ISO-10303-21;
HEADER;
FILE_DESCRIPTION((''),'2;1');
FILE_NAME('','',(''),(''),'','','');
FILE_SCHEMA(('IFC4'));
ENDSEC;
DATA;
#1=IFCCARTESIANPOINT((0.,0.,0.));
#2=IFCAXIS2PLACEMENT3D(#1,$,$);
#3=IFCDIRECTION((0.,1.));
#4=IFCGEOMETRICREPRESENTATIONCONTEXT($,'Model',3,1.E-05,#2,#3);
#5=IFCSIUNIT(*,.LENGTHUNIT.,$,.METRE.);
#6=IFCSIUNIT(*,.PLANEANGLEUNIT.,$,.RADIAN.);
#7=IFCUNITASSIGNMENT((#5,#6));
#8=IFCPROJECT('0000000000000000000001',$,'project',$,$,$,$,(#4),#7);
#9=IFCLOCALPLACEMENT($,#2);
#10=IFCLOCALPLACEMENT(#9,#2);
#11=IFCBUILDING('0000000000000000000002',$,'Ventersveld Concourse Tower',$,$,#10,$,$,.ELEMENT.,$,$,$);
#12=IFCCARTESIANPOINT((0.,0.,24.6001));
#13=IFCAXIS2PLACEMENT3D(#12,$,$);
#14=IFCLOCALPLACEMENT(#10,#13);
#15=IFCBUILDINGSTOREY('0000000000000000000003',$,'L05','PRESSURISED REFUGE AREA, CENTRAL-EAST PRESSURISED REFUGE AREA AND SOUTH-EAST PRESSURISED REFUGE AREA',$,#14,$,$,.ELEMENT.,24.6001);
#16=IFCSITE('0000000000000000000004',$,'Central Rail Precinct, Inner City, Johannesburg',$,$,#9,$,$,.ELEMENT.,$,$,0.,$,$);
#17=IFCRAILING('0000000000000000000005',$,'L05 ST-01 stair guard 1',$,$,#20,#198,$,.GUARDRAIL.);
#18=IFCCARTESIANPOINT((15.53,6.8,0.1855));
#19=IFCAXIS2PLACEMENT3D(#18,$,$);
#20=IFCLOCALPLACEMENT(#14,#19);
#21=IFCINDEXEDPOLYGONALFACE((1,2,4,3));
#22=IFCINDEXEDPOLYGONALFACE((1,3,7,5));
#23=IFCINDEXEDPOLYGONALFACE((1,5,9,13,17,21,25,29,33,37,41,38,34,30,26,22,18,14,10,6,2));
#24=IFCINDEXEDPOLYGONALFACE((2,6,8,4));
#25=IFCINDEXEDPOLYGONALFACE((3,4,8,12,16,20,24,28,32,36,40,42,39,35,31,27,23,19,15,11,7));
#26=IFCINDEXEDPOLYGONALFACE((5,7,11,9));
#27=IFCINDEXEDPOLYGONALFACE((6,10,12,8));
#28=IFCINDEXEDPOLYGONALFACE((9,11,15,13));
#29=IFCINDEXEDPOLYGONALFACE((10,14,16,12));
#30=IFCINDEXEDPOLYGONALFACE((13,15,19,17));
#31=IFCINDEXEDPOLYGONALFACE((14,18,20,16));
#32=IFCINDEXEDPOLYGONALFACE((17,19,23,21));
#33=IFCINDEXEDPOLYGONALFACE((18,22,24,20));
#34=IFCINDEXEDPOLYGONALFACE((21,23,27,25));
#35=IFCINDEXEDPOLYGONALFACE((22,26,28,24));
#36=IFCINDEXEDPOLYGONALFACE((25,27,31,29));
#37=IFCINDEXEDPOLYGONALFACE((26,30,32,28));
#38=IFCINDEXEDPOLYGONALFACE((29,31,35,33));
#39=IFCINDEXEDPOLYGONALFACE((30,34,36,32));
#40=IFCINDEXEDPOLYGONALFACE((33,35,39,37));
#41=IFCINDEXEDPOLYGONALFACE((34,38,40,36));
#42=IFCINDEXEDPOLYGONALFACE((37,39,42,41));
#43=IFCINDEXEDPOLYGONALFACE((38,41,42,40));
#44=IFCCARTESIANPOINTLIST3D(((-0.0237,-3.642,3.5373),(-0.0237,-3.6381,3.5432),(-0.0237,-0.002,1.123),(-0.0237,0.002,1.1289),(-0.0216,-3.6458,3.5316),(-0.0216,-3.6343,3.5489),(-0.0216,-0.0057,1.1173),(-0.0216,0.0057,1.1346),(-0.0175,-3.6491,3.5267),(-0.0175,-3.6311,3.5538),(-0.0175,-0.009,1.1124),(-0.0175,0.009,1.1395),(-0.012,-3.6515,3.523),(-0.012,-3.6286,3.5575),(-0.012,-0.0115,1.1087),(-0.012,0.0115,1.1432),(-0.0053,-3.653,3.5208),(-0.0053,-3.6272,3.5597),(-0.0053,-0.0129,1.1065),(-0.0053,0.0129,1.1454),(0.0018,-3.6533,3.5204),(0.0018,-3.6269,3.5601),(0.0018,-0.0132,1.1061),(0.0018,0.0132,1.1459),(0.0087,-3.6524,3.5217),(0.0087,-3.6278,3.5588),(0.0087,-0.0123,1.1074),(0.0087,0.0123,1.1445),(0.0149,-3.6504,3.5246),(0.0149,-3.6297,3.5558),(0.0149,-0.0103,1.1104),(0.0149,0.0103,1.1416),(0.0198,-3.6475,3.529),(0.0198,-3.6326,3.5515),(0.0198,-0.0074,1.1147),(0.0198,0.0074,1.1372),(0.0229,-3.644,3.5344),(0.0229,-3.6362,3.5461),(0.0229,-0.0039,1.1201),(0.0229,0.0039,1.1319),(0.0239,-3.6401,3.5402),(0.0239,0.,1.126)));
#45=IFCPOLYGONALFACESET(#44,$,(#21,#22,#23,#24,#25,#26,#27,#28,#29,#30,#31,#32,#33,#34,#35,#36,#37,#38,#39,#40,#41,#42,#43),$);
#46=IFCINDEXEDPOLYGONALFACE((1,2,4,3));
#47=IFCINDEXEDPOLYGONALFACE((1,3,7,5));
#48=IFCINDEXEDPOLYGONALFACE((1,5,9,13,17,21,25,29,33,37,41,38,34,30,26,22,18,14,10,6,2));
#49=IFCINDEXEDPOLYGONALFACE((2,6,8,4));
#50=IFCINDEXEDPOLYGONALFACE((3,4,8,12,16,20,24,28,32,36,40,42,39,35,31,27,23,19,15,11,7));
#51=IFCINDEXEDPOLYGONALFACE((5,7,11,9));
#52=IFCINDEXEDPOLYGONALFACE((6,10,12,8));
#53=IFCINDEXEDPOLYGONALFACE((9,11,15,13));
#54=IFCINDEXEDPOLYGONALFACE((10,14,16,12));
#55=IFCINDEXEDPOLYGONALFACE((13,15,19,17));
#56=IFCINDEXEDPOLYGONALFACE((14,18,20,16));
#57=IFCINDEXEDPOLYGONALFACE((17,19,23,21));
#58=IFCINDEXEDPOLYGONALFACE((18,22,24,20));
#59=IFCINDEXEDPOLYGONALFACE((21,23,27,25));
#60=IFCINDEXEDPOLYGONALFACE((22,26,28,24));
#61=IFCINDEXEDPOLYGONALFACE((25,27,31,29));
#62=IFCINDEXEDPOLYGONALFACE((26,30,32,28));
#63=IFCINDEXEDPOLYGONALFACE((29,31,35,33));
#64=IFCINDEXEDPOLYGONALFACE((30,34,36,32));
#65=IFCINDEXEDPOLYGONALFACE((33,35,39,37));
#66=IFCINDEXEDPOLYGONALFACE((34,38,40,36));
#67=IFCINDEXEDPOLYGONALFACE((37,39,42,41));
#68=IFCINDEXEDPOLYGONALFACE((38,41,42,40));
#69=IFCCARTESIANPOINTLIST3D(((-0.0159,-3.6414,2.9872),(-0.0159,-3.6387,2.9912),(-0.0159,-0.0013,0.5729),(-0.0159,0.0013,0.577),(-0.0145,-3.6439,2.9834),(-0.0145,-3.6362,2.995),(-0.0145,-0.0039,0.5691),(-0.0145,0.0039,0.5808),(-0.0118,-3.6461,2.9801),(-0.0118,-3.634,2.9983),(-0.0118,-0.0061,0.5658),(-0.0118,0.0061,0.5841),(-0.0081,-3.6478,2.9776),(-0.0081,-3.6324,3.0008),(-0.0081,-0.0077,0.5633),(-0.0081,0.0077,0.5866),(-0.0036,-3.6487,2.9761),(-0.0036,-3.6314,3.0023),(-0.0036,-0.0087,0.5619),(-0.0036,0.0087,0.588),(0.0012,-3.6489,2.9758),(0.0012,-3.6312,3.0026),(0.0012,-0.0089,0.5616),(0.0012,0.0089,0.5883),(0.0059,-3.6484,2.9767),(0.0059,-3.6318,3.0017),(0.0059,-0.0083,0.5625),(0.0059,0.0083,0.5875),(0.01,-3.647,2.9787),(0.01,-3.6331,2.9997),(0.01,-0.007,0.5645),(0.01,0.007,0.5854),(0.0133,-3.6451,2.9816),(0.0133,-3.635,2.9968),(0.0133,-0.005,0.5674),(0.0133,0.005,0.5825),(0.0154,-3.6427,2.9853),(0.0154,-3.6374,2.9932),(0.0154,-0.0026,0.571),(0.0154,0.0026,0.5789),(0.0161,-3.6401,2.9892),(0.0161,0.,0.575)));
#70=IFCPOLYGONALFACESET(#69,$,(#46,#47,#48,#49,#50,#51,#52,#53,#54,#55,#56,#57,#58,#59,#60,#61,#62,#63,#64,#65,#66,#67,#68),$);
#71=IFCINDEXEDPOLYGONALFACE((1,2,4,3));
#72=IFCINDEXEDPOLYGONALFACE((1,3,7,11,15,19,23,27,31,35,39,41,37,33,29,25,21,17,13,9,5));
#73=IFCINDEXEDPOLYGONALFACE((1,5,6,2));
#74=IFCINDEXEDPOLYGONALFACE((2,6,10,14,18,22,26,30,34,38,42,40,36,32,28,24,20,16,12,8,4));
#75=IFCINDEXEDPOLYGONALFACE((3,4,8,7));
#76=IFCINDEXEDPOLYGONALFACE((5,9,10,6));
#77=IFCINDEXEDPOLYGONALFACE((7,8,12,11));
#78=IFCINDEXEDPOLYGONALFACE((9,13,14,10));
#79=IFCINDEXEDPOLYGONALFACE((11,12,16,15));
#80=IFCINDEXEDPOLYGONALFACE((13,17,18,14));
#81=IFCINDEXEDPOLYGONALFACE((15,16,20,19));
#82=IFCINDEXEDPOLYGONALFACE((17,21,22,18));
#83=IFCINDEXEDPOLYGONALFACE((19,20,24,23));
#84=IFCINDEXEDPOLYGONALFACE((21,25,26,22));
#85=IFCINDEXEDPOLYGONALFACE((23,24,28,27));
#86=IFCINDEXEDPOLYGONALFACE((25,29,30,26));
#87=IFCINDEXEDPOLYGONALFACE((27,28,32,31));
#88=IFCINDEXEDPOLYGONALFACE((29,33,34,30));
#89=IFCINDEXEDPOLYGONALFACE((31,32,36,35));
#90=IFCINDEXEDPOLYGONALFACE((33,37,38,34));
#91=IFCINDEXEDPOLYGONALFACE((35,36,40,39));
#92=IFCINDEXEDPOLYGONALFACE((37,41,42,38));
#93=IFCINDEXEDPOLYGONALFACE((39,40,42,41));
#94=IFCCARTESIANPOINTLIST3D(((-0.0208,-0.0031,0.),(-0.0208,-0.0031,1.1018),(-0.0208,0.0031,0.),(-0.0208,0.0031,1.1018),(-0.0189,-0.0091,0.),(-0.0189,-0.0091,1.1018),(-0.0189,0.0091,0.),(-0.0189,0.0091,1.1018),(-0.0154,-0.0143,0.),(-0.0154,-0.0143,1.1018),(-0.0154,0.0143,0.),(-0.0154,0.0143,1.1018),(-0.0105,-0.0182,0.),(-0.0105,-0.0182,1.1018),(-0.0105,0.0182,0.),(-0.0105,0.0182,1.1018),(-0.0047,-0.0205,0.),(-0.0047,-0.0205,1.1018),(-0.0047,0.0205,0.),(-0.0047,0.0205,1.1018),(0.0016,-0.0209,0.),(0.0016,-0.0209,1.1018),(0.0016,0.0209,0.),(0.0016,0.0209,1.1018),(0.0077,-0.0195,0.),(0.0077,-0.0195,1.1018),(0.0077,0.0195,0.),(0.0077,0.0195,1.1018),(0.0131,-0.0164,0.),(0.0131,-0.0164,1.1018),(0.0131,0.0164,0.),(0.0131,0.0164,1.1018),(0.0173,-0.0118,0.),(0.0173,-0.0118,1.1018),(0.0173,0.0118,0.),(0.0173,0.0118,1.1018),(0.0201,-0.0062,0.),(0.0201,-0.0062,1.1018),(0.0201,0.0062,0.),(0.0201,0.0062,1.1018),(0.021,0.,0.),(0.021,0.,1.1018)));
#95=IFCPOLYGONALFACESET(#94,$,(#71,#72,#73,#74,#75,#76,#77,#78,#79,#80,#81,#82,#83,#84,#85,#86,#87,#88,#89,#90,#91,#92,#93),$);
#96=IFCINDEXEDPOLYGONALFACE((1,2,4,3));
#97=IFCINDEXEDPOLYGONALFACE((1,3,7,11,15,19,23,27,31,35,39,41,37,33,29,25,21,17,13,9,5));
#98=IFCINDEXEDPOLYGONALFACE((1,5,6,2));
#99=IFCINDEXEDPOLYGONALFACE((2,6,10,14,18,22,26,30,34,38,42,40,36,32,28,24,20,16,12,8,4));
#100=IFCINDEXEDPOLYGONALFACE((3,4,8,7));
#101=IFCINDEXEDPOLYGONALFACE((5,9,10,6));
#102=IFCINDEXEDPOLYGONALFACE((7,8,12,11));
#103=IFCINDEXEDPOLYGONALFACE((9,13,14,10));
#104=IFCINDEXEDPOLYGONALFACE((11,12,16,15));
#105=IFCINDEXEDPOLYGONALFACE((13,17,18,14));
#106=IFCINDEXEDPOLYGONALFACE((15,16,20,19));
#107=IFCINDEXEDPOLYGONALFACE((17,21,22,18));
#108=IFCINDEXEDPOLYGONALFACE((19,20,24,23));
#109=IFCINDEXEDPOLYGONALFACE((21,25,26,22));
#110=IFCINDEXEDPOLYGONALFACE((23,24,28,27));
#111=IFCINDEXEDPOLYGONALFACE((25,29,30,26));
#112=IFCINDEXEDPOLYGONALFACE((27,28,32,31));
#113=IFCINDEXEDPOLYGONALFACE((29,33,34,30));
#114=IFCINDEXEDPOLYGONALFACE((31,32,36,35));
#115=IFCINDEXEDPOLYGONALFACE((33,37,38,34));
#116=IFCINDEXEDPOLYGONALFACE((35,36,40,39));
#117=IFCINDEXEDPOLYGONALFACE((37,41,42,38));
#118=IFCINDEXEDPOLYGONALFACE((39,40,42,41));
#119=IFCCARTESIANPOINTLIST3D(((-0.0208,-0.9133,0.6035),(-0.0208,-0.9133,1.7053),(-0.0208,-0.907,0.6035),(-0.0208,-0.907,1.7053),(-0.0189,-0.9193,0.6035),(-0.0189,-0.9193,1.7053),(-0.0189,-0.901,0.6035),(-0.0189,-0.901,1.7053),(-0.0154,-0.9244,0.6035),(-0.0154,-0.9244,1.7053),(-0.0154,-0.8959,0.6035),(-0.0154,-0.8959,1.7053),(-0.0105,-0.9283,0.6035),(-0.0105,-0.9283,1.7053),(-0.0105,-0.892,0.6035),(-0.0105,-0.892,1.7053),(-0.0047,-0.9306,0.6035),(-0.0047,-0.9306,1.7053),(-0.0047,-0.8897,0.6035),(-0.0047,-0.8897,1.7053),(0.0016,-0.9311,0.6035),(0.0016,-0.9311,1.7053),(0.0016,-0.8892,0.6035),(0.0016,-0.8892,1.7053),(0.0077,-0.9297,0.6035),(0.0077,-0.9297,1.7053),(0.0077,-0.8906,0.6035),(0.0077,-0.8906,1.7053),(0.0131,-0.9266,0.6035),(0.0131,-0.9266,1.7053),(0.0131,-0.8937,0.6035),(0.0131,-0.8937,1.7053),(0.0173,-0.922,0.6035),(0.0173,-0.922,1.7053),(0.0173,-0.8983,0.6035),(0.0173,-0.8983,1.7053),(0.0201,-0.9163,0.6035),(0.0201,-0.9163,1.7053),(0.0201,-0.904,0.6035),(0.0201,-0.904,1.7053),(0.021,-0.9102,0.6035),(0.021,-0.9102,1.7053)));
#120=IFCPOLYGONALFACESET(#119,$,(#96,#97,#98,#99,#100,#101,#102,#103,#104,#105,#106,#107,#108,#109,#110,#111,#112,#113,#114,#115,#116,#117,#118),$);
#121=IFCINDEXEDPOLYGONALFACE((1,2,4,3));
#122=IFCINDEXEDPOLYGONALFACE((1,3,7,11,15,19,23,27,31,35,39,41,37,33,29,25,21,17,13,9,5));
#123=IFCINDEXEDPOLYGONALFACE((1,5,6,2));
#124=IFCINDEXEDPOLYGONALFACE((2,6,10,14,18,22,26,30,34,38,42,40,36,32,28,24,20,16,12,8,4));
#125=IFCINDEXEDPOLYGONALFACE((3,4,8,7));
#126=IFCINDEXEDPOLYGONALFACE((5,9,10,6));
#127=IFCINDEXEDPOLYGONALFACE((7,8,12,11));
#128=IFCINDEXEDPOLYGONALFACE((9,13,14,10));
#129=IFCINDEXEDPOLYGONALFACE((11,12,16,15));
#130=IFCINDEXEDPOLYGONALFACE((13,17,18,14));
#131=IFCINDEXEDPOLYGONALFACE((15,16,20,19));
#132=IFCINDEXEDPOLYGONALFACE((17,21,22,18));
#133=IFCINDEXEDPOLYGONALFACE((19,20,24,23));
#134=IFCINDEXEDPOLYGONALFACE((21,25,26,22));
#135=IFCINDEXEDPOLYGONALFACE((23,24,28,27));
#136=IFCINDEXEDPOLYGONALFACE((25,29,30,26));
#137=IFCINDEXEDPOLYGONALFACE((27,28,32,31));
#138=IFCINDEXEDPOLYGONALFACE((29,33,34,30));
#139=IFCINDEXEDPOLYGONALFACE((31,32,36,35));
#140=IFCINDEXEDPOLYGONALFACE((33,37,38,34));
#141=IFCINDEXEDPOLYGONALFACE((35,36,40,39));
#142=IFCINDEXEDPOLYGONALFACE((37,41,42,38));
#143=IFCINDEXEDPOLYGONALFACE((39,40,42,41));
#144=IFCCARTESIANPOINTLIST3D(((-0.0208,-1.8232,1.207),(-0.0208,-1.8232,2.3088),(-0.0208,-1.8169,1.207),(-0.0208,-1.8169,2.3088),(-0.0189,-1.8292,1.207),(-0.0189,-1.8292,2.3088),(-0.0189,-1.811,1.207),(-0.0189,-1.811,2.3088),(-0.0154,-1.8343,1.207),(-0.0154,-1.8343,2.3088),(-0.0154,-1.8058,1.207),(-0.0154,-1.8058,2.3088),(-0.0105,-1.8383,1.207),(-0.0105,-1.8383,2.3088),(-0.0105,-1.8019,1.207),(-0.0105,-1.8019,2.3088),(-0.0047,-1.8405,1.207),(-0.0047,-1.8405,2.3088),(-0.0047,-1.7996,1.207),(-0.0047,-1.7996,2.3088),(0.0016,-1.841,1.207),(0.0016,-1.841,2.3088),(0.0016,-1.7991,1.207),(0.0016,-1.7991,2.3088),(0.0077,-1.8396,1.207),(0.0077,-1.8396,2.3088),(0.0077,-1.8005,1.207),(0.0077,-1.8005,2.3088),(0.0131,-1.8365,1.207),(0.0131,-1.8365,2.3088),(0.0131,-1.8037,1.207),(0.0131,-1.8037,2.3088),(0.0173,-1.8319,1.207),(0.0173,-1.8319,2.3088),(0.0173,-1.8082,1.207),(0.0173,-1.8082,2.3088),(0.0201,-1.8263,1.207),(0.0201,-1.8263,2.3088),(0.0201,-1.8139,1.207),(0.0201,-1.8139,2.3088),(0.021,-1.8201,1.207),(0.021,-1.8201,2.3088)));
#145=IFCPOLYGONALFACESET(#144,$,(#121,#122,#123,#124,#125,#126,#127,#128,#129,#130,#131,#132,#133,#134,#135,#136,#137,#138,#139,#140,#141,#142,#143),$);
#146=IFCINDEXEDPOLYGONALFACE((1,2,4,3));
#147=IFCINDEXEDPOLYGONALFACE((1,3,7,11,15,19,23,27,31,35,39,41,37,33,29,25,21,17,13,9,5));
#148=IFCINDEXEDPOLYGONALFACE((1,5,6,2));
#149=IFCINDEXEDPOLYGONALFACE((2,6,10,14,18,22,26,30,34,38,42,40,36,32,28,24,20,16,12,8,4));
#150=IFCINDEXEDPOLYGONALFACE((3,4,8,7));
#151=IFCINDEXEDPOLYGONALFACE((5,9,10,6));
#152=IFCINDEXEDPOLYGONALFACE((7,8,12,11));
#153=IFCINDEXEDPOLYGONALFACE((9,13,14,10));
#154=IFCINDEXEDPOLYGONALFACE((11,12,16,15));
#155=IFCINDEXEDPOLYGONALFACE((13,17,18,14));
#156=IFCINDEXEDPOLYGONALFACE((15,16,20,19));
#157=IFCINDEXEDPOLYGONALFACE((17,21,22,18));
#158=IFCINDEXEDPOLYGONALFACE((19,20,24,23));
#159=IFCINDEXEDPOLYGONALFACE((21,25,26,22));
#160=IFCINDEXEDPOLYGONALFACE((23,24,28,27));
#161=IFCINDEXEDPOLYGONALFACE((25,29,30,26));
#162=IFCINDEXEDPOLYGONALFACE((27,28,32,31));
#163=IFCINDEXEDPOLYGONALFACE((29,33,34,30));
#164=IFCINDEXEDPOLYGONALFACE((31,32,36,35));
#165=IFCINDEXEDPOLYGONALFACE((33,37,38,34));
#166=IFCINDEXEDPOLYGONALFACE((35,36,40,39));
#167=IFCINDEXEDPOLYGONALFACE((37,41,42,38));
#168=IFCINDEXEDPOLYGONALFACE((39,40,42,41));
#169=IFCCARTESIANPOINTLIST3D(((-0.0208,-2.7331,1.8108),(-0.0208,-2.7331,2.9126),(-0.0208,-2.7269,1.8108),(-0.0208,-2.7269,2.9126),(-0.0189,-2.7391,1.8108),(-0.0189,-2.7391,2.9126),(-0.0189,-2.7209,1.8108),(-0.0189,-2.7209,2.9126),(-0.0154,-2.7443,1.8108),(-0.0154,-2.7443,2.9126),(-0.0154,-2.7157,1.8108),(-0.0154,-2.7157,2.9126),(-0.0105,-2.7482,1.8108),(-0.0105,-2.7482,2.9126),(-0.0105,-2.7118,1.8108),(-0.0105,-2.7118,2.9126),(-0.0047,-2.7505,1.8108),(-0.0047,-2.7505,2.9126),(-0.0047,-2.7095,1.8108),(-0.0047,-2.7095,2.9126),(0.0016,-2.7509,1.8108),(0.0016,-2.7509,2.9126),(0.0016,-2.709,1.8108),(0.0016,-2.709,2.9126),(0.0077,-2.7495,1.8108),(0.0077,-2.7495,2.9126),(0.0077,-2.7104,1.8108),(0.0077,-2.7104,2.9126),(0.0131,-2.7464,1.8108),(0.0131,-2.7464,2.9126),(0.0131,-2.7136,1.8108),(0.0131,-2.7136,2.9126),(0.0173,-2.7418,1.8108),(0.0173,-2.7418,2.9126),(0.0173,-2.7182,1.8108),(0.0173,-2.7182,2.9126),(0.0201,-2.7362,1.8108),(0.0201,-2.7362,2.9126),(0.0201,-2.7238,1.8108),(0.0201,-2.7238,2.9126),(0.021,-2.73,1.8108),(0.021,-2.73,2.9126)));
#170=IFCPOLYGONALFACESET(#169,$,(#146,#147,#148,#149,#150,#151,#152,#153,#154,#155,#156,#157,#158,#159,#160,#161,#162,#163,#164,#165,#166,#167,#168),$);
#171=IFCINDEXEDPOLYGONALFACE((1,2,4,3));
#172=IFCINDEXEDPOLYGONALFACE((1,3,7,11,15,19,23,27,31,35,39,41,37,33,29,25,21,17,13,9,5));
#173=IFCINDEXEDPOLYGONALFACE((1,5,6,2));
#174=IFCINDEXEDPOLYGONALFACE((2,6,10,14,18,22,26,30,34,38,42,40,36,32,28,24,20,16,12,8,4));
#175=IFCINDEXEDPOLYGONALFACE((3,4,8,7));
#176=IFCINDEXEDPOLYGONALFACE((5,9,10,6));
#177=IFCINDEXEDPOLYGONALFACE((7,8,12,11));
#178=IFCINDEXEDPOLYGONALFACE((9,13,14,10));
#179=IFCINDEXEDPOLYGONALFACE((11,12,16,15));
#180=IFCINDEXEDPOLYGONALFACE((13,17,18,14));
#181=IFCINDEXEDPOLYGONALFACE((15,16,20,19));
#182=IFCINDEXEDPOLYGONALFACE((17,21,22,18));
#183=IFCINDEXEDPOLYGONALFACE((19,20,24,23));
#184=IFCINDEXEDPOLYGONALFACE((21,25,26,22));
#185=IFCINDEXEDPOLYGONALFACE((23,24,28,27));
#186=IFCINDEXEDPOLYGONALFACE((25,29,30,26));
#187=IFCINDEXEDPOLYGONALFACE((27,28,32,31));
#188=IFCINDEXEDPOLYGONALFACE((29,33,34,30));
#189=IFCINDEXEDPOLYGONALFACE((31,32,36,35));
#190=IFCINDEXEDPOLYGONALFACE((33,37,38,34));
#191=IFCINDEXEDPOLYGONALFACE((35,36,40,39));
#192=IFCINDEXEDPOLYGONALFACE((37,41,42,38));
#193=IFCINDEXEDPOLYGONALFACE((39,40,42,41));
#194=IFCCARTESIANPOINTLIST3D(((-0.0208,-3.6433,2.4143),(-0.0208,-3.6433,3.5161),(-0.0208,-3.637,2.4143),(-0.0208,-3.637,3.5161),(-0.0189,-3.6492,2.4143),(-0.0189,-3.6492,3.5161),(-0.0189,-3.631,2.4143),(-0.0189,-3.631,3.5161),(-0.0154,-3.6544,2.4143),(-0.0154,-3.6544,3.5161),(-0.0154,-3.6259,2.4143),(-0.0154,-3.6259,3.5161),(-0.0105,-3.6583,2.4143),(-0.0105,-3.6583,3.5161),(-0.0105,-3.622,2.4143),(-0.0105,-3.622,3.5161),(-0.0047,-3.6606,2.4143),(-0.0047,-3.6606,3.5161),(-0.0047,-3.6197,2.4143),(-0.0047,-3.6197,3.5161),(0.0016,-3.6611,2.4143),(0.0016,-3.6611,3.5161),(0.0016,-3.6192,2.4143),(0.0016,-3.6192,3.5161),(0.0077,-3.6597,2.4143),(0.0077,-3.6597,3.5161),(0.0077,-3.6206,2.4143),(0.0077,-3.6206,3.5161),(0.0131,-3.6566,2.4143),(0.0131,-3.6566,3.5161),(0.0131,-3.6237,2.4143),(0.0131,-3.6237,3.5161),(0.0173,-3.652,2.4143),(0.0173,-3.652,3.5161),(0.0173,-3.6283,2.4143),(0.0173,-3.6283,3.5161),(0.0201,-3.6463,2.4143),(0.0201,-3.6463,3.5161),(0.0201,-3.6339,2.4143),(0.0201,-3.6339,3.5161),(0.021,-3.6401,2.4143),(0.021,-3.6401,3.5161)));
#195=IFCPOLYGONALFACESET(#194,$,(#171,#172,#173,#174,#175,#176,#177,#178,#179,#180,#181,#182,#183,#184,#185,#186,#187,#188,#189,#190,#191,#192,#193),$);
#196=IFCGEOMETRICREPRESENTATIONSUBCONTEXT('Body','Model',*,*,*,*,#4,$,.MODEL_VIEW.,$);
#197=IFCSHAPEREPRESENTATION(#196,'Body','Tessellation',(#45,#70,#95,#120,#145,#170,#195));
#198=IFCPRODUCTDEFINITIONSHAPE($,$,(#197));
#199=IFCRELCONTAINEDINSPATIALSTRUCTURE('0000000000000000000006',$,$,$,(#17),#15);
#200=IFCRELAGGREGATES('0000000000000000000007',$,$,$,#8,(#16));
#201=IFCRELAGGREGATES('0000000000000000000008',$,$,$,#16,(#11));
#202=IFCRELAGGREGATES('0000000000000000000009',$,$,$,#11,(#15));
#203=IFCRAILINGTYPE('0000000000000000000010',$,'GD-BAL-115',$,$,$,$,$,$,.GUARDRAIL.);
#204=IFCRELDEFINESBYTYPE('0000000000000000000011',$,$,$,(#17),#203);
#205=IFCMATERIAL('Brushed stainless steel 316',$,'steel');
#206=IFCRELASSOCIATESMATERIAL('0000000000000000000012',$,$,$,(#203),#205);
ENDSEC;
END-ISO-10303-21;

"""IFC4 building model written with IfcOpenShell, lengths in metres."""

from ifc_helpers import new_model, si_unit, direction, frame, origin, origin_2d, place, context, subcontext, project, spatial, circle, extrude, material, type_object, element, save


model = new_model("IFC4")

# Units and contexts
model_context = context("Model", 3, precision=1e-05, world=origin(), true_north=direction((0.0, 1.0)))
body_context = subcontext(model_context, "Body", "Model", "MODEL_VIEW")
ifc_project = project(units=[si_unit("LENGTHUNIT", "METRE"), si_unit("PLANEANGLEUNIT", "RADIAN")], contexts=[model_context])

# Site, building, storey
site_placement = place(None, origin())
site = spatial("IfcSite", under=ifc_project, at=site_placement, Name="Central Rail Precinct, Inner City, Johannesburg", CompositionType="ELEMENT", RefElevation=0.0)
building_placement = place(site_placement, origin())
building = spatial("IfcBuilding", under=site, at=building_placement, Name="Ventersveld Concourse Tower", CompositionType="ELEMENT")
storey_placement = place(building_placement, frame((0.0, 0.0, 24.6001)))
storey = spatial("IfcBuildingStorey", under=building, at=storey_placement, Name="L05", Description="PRESSURISED REFUGE AREA, CENTRAL-EAST PRESSURISED REFUGE AREA AND SOUTH-EAST PRESSURISED REFUGE AREA", CompositionType="ELEMENT", Elevation=24.6001)

# Shared definitions
ifc_material_1 = material(Name="Brushed stainless steel 316", Category="steel")

# Railing
railing_type_1 = type_object("IfcRailingType", Name="GD-BAL-115", PredefinedType="GUARDRAIL", material=ifc_material_1)
railing_1_placement = place(storey_placement, frame((15.53, 6.8, 0.1855)))
element("IfcRailing", 1, at=railing_1_placement, inside=storey, type_object=railing_type_1, Name="L05 ST-01 stair guard 1", PredefinedType="GUARDRAIL", context=body_context, shape_type="SweptSolid", body=[
    extrude(circle(Radius=0.0239, at=origin_2d()), frame((0.0, 0.0, 1.126), z_axis=(0.0, -0.833364, 0.552725), x_axis=(1.0, 0.0, 0.0)), (0.0, 0.0, 1.0), 4.3679),
    extrude(circle(Radius=0.0161, at=origin_2d()), frame((0.0, 0.0, 0.575), z_axis=(0.0, -0.833364, 0.552725), x_axis=(1.0, 0.0, 0.0)), (0.0, 0.0, 1.0), 4.3679),
    extrude(circle(Radius=0.021, at=origin_2d()), origin(), (0.0, 0.0, 1.0), 1.1018),
    extrude(circle(Radius=0.021, at=origin_2d()), frame((0.0, -0.9102, 0.6035)), (0.0, 0.0, 1.0), 1.1018),
    extrude(circle(Radius=0.021, at=origin_2d()), frame((0.0, -1.8201, 1.207)), (0.0, 0.0, 1.0), 1.1018),
    extrude(circle(Radius=0.021, at=origin_2d()), frame((0.0, -2.73, 1.8108)), (0.0, 0.0, 1.0), 1.1018),
    extrude(circle(Radius=0.021, at=origin_2d()), frame((0.0, -3.6401, 2.4143)), (0.0, 0.0, 1.0), 1.1018),
])

save(model, "model.ifc")
